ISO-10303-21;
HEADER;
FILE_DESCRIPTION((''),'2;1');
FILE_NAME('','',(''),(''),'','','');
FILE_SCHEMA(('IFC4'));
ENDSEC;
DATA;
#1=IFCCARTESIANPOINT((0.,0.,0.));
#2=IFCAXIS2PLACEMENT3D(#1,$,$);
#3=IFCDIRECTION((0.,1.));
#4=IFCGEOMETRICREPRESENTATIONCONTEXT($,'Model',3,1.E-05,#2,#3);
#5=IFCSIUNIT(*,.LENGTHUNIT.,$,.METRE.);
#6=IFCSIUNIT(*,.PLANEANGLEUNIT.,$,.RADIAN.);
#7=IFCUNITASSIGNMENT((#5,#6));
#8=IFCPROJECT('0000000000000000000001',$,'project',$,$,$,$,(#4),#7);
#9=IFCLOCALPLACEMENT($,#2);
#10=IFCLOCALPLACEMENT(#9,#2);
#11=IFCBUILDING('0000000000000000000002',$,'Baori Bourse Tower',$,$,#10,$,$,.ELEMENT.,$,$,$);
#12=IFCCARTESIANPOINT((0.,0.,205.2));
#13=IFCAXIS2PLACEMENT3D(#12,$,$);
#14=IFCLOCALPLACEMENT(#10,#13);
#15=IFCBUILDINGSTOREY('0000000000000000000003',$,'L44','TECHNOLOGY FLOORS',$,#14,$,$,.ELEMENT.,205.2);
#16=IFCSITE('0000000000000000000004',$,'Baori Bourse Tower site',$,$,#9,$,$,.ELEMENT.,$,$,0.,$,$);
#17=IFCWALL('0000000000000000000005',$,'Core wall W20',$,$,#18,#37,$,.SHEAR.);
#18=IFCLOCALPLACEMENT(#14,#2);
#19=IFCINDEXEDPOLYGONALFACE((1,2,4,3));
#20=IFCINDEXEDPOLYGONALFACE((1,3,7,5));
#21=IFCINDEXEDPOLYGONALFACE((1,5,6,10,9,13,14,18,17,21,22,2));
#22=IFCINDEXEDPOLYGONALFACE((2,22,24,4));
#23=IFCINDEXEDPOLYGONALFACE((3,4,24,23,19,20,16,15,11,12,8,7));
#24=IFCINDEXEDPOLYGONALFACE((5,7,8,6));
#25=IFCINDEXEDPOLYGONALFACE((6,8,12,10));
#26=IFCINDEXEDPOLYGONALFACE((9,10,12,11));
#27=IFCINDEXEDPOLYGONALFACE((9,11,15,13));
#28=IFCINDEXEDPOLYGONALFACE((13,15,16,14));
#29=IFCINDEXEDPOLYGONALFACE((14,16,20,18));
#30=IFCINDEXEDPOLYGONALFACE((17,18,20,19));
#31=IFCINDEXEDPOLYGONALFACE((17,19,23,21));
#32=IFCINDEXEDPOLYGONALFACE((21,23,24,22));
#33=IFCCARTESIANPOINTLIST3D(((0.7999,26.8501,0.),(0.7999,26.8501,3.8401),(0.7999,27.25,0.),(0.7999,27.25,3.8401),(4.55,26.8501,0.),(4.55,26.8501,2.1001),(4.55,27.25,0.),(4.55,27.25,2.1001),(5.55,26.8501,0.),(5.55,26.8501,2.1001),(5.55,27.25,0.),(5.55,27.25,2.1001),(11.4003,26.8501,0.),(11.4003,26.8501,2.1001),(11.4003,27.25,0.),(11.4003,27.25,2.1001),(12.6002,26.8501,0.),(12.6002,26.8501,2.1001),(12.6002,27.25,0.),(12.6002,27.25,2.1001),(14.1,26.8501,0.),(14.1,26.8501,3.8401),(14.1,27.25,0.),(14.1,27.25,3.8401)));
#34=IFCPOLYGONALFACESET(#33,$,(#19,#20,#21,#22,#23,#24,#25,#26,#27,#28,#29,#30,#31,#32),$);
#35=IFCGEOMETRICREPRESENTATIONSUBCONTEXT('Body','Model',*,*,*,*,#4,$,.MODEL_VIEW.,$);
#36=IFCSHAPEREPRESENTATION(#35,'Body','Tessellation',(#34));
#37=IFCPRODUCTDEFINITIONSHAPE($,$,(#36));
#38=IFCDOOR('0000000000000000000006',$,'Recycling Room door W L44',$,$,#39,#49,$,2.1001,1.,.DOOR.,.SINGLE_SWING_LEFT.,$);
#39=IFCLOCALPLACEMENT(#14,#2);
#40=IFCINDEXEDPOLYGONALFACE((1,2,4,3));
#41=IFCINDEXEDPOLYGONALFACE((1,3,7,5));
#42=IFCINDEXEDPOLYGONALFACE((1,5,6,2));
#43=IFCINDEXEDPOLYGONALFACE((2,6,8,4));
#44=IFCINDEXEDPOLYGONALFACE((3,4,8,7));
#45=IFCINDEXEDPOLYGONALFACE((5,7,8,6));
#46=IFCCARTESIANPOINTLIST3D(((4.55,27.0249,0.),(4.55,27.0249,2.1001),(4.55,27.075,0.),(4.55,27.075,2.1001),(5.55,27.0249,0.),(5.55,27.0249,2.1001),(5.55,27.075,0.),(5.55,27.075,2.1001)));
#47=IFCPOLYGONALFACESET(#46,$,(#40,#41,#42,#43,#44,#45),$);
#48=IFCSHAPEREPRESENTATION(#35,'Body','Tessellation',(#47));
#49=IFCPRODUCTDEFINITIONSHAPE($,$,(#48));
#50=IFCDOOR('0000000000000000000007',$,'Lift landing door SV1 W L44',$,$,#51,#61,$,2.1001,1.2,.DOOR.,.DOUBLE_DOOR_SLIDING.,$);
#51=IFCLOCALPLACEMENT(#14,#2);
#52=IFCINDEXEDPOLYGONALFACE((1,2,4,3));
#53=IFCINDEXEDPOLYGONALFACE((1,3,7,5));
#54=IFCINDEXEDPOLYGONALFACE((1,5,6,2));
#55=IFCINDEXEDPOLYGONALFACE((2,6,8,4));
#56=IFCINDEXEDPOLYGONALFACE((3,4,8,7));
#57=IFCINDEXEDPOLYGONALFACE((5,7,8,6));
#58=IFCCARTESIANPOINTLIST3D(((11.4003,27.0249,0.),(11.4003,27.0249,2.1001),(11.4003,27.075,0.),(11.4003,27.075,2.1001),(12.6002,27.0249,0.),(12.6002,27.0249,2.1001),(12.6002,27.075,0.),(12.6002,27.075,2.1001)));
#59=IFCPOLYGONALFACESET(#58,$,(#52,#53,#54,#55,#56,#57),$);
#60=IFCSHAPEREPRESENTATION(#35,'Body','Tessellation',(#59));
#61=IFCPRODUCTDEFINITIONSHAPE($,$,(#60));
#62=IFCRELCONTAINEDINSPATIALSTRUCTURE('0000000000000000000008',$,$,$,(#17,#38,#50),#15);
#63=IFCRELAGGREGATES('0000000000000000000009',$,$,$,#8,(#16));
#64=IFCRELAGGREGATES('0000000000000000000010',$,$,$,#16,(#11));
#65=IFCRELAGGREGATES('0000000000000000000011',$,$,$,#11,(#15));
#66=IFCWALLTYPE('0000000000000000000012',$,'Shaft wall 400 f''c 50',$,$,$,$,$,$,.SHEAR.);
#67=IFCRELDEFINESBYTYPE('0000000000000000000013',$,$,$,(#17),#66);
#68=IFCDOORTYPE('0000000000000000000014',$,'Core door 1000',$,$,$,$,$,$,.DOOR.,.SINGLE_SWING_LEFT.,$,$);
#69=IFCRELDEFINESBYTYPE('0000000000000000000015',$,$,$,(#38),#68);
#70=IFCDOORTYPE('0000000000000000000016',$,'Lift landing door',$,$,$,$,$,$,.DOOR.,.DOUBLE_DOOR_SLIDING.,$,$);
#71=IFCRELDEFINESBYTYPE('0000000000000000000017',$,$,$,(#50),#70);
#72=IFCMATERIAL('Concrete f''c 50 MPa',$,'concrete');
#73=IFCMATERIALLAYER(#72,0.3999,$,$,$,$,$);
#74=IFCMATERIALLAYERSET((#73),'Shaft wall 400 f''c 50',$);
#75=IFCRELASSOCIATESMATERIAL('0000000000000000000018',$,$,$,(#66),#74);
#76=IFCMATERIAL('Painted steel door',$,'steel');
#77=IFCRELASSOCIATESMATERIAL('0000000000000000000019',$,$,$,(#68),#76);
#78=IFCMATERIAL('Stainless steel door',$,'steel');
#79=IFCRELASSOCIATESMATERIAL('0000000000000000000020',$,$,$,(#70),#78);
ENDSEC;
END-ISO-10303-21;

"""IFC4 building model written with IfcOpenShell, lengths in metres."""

from ifc_helpers import new_model, si_unit, direction, frame, frame_2d, origin, place, context, subcontext, project, spatial, rectangle, extrude, material, layer, layer_set, type_object, element, fill, save


model = new_model("IFC4")

# Units and contexts
model_context = context("Model", 3, precision=1e-05, world=origin(), true_north=direction((0.0, 1.0)))
body_context = subcontext(model_context, "Body", "Model", "MODEL_VIEW")
ifc_project = project(units=[si_unit("LENGTHUNIT", "METRE"), si_unit("PLANEANGLEUNIT", "RADIAN")], contexts=[model_context])

# Site, building, storey
site_placement = place(None, origin())
site = spatial("IfcSite", under=ifc_project, at=site_placement, Name="Baori Bourse Tower site", CompositionType="ELEMENT", RefElevation=0.0)
building_placement = place(site_placement, origin())
building = spatial("IfcBuilding", under=site, at=building_placement, Name="Baori Bourse Tower", CompositionType="ELEMENT")
storey_placement = place(building_placement, frame((0.0, 0.0, 205.2)))
storey = spatial("IfcBuildingStorey", under=building, at=storey_placement, Name="L44", Description="TECHNOLOGY FLOORS", CompositionType="ELEMENT", Elevation=205.2)

# Wall, openings, doors
ifc_material_1 = material(Name="Concrete f'c 50 MPa", Category="concrete")
ifc_layer_1 = layer(ifc_material_1, 0.3999)
ifc_layer_set_1 = layer_set([ifc_layer_1], Name="Shaft wall 400 f'c 50")
wall_type_1 = type_object("IfcWallType", Name="Shaft wall 400 f'c 50", PredefinedType="SHEAR", material=ifc_layer_set_1)
wall_1_placement = place(storey_placement, frame((0.8, 27.05, 0.0), z_axis=(0.0, 0.0, 1.0), x_axis=(1.0, 0.0, 0.0)))
wall_1 = element("IfcWall", 1, at=wall_1_placement, inside=storey, type_object=wall_type_1, Name="Core wall W20", PredefinedType="SHEAR", context=body_context, shape_type="SweptSolid", body=[
    extrude(rectangle(XDim=13.3, YDim=0.3999, at=frame_2d((6.6499, 0.0))), origin(), (0.0, 0.0, 1.0), 3.8401),
])
opening_1_placement = place(wall_1_placement, frame((3.75, 0.0, 0.0)))
opening_1 = element("IfcOpeningElement", 2, at=opening_1_placement, cuts=wall_1, PredefinedType="OPENING", context=body_context, shape_type="SweptSolid", body=[
    extrude(rectangle(XDim=1.0, YDim=2.1001, at=frame_2d((0.5, 1.05))), frame((0.0, 0.21, 0.0), z_axis=(0.0, -1.0, 0.0), x_axis=(1.0, 0.0, 0.0)), (0.0, 0.0, 1.0), 0.4199),
])
opening_2_placement = place(wall_1_placement, frame((10.6001, 0.0, 0.0)))
opening_2 = element("IfcOpeningElement", 3, at=opening_2_placement, cuts=wall_1, PredefinedType="OPENING", context=body_context, shape_type="SweptSolid", body=[
    extrude(rectangle(XDim=1.2, YDim=2.1001, at=frame_2d((0.6001, 1.05))), frame((0.0, 0.21, 0.0), z_axis=(0.0, -1.0, 0.0), x_axis=(1.0, 0.0, 0.0)), (0.0, 0.0, 1.0), 0.4199),
])
ifc_material_2 = material(Name="Painted steel door", Category="steel")
door_type_1 = type_object("IfcDoorType", Name="Core door 1000", OperationType="SINGLE_SWING_LEFT", PredefinedType="DOOR", material=ifc_material_2)
door_1_placement = place(opening_1_placement, origin())
door_1 = element("IfcDoor", 4, at=door_1_placement, inside=storey, type_object=door_type_1, Name="Recycling Room door W L44", OperationType="SINGLE_SWING_LEFT", OverallHeight=2.1001, OverallWidth=1.0, PredefinedType="DOOR", context=body_context, shape_type="SweptSolid", body=[
    extrude(rectangle(XDim=1.0, YDim=2.1001, at=frame_2d((0.5, 1.05))), frame((0.0, 0.0249, 0.0), z_axis=(0.0, -1.0, 0.0), x_axis=(1.0, 0.0, 0.0)), (0.0, 0.0, 1.0), 0.05),
])
fill(opening_1, door_1)
ifc_material_3 = material(Name="Stainless steel door", Category="steel")
door_type_2 = type_object("IfcDoorType", Name="Lift landing door", OperationType="DOUBLE_DOOR_SLIDING", PredefinedType="DOOR", material=ifc_material_3)
door_2_placement = place(opening_2_placement, origin())
door_2 = element("IfcDoor", 5, at=door_2_placement, inside=storey, type_object=door_type_2, Name="Lift landing door SV1 W L44", OperationType="DOUBLE_DOOR_SLIDING", OverallHeight=2.1001, OverallWidth=1.2, PredefinedType="DOOR", context=body_context, shape_type="SweptSolid", body=[
    extrude(rectangle(XDim=1.2, YDim=2.1001, at=frame_2d((0.6001, 1.05))), frame((0.0, 0.0249, 0.0), z_axis=(0.0, -1.0, 0.0), x_axis=(1.0, 0.0, 0.0)), (0.0, 0.0, 1.0), 0.05),
])
fill(opening_2, door_2)

save(model, "model.ifc")
